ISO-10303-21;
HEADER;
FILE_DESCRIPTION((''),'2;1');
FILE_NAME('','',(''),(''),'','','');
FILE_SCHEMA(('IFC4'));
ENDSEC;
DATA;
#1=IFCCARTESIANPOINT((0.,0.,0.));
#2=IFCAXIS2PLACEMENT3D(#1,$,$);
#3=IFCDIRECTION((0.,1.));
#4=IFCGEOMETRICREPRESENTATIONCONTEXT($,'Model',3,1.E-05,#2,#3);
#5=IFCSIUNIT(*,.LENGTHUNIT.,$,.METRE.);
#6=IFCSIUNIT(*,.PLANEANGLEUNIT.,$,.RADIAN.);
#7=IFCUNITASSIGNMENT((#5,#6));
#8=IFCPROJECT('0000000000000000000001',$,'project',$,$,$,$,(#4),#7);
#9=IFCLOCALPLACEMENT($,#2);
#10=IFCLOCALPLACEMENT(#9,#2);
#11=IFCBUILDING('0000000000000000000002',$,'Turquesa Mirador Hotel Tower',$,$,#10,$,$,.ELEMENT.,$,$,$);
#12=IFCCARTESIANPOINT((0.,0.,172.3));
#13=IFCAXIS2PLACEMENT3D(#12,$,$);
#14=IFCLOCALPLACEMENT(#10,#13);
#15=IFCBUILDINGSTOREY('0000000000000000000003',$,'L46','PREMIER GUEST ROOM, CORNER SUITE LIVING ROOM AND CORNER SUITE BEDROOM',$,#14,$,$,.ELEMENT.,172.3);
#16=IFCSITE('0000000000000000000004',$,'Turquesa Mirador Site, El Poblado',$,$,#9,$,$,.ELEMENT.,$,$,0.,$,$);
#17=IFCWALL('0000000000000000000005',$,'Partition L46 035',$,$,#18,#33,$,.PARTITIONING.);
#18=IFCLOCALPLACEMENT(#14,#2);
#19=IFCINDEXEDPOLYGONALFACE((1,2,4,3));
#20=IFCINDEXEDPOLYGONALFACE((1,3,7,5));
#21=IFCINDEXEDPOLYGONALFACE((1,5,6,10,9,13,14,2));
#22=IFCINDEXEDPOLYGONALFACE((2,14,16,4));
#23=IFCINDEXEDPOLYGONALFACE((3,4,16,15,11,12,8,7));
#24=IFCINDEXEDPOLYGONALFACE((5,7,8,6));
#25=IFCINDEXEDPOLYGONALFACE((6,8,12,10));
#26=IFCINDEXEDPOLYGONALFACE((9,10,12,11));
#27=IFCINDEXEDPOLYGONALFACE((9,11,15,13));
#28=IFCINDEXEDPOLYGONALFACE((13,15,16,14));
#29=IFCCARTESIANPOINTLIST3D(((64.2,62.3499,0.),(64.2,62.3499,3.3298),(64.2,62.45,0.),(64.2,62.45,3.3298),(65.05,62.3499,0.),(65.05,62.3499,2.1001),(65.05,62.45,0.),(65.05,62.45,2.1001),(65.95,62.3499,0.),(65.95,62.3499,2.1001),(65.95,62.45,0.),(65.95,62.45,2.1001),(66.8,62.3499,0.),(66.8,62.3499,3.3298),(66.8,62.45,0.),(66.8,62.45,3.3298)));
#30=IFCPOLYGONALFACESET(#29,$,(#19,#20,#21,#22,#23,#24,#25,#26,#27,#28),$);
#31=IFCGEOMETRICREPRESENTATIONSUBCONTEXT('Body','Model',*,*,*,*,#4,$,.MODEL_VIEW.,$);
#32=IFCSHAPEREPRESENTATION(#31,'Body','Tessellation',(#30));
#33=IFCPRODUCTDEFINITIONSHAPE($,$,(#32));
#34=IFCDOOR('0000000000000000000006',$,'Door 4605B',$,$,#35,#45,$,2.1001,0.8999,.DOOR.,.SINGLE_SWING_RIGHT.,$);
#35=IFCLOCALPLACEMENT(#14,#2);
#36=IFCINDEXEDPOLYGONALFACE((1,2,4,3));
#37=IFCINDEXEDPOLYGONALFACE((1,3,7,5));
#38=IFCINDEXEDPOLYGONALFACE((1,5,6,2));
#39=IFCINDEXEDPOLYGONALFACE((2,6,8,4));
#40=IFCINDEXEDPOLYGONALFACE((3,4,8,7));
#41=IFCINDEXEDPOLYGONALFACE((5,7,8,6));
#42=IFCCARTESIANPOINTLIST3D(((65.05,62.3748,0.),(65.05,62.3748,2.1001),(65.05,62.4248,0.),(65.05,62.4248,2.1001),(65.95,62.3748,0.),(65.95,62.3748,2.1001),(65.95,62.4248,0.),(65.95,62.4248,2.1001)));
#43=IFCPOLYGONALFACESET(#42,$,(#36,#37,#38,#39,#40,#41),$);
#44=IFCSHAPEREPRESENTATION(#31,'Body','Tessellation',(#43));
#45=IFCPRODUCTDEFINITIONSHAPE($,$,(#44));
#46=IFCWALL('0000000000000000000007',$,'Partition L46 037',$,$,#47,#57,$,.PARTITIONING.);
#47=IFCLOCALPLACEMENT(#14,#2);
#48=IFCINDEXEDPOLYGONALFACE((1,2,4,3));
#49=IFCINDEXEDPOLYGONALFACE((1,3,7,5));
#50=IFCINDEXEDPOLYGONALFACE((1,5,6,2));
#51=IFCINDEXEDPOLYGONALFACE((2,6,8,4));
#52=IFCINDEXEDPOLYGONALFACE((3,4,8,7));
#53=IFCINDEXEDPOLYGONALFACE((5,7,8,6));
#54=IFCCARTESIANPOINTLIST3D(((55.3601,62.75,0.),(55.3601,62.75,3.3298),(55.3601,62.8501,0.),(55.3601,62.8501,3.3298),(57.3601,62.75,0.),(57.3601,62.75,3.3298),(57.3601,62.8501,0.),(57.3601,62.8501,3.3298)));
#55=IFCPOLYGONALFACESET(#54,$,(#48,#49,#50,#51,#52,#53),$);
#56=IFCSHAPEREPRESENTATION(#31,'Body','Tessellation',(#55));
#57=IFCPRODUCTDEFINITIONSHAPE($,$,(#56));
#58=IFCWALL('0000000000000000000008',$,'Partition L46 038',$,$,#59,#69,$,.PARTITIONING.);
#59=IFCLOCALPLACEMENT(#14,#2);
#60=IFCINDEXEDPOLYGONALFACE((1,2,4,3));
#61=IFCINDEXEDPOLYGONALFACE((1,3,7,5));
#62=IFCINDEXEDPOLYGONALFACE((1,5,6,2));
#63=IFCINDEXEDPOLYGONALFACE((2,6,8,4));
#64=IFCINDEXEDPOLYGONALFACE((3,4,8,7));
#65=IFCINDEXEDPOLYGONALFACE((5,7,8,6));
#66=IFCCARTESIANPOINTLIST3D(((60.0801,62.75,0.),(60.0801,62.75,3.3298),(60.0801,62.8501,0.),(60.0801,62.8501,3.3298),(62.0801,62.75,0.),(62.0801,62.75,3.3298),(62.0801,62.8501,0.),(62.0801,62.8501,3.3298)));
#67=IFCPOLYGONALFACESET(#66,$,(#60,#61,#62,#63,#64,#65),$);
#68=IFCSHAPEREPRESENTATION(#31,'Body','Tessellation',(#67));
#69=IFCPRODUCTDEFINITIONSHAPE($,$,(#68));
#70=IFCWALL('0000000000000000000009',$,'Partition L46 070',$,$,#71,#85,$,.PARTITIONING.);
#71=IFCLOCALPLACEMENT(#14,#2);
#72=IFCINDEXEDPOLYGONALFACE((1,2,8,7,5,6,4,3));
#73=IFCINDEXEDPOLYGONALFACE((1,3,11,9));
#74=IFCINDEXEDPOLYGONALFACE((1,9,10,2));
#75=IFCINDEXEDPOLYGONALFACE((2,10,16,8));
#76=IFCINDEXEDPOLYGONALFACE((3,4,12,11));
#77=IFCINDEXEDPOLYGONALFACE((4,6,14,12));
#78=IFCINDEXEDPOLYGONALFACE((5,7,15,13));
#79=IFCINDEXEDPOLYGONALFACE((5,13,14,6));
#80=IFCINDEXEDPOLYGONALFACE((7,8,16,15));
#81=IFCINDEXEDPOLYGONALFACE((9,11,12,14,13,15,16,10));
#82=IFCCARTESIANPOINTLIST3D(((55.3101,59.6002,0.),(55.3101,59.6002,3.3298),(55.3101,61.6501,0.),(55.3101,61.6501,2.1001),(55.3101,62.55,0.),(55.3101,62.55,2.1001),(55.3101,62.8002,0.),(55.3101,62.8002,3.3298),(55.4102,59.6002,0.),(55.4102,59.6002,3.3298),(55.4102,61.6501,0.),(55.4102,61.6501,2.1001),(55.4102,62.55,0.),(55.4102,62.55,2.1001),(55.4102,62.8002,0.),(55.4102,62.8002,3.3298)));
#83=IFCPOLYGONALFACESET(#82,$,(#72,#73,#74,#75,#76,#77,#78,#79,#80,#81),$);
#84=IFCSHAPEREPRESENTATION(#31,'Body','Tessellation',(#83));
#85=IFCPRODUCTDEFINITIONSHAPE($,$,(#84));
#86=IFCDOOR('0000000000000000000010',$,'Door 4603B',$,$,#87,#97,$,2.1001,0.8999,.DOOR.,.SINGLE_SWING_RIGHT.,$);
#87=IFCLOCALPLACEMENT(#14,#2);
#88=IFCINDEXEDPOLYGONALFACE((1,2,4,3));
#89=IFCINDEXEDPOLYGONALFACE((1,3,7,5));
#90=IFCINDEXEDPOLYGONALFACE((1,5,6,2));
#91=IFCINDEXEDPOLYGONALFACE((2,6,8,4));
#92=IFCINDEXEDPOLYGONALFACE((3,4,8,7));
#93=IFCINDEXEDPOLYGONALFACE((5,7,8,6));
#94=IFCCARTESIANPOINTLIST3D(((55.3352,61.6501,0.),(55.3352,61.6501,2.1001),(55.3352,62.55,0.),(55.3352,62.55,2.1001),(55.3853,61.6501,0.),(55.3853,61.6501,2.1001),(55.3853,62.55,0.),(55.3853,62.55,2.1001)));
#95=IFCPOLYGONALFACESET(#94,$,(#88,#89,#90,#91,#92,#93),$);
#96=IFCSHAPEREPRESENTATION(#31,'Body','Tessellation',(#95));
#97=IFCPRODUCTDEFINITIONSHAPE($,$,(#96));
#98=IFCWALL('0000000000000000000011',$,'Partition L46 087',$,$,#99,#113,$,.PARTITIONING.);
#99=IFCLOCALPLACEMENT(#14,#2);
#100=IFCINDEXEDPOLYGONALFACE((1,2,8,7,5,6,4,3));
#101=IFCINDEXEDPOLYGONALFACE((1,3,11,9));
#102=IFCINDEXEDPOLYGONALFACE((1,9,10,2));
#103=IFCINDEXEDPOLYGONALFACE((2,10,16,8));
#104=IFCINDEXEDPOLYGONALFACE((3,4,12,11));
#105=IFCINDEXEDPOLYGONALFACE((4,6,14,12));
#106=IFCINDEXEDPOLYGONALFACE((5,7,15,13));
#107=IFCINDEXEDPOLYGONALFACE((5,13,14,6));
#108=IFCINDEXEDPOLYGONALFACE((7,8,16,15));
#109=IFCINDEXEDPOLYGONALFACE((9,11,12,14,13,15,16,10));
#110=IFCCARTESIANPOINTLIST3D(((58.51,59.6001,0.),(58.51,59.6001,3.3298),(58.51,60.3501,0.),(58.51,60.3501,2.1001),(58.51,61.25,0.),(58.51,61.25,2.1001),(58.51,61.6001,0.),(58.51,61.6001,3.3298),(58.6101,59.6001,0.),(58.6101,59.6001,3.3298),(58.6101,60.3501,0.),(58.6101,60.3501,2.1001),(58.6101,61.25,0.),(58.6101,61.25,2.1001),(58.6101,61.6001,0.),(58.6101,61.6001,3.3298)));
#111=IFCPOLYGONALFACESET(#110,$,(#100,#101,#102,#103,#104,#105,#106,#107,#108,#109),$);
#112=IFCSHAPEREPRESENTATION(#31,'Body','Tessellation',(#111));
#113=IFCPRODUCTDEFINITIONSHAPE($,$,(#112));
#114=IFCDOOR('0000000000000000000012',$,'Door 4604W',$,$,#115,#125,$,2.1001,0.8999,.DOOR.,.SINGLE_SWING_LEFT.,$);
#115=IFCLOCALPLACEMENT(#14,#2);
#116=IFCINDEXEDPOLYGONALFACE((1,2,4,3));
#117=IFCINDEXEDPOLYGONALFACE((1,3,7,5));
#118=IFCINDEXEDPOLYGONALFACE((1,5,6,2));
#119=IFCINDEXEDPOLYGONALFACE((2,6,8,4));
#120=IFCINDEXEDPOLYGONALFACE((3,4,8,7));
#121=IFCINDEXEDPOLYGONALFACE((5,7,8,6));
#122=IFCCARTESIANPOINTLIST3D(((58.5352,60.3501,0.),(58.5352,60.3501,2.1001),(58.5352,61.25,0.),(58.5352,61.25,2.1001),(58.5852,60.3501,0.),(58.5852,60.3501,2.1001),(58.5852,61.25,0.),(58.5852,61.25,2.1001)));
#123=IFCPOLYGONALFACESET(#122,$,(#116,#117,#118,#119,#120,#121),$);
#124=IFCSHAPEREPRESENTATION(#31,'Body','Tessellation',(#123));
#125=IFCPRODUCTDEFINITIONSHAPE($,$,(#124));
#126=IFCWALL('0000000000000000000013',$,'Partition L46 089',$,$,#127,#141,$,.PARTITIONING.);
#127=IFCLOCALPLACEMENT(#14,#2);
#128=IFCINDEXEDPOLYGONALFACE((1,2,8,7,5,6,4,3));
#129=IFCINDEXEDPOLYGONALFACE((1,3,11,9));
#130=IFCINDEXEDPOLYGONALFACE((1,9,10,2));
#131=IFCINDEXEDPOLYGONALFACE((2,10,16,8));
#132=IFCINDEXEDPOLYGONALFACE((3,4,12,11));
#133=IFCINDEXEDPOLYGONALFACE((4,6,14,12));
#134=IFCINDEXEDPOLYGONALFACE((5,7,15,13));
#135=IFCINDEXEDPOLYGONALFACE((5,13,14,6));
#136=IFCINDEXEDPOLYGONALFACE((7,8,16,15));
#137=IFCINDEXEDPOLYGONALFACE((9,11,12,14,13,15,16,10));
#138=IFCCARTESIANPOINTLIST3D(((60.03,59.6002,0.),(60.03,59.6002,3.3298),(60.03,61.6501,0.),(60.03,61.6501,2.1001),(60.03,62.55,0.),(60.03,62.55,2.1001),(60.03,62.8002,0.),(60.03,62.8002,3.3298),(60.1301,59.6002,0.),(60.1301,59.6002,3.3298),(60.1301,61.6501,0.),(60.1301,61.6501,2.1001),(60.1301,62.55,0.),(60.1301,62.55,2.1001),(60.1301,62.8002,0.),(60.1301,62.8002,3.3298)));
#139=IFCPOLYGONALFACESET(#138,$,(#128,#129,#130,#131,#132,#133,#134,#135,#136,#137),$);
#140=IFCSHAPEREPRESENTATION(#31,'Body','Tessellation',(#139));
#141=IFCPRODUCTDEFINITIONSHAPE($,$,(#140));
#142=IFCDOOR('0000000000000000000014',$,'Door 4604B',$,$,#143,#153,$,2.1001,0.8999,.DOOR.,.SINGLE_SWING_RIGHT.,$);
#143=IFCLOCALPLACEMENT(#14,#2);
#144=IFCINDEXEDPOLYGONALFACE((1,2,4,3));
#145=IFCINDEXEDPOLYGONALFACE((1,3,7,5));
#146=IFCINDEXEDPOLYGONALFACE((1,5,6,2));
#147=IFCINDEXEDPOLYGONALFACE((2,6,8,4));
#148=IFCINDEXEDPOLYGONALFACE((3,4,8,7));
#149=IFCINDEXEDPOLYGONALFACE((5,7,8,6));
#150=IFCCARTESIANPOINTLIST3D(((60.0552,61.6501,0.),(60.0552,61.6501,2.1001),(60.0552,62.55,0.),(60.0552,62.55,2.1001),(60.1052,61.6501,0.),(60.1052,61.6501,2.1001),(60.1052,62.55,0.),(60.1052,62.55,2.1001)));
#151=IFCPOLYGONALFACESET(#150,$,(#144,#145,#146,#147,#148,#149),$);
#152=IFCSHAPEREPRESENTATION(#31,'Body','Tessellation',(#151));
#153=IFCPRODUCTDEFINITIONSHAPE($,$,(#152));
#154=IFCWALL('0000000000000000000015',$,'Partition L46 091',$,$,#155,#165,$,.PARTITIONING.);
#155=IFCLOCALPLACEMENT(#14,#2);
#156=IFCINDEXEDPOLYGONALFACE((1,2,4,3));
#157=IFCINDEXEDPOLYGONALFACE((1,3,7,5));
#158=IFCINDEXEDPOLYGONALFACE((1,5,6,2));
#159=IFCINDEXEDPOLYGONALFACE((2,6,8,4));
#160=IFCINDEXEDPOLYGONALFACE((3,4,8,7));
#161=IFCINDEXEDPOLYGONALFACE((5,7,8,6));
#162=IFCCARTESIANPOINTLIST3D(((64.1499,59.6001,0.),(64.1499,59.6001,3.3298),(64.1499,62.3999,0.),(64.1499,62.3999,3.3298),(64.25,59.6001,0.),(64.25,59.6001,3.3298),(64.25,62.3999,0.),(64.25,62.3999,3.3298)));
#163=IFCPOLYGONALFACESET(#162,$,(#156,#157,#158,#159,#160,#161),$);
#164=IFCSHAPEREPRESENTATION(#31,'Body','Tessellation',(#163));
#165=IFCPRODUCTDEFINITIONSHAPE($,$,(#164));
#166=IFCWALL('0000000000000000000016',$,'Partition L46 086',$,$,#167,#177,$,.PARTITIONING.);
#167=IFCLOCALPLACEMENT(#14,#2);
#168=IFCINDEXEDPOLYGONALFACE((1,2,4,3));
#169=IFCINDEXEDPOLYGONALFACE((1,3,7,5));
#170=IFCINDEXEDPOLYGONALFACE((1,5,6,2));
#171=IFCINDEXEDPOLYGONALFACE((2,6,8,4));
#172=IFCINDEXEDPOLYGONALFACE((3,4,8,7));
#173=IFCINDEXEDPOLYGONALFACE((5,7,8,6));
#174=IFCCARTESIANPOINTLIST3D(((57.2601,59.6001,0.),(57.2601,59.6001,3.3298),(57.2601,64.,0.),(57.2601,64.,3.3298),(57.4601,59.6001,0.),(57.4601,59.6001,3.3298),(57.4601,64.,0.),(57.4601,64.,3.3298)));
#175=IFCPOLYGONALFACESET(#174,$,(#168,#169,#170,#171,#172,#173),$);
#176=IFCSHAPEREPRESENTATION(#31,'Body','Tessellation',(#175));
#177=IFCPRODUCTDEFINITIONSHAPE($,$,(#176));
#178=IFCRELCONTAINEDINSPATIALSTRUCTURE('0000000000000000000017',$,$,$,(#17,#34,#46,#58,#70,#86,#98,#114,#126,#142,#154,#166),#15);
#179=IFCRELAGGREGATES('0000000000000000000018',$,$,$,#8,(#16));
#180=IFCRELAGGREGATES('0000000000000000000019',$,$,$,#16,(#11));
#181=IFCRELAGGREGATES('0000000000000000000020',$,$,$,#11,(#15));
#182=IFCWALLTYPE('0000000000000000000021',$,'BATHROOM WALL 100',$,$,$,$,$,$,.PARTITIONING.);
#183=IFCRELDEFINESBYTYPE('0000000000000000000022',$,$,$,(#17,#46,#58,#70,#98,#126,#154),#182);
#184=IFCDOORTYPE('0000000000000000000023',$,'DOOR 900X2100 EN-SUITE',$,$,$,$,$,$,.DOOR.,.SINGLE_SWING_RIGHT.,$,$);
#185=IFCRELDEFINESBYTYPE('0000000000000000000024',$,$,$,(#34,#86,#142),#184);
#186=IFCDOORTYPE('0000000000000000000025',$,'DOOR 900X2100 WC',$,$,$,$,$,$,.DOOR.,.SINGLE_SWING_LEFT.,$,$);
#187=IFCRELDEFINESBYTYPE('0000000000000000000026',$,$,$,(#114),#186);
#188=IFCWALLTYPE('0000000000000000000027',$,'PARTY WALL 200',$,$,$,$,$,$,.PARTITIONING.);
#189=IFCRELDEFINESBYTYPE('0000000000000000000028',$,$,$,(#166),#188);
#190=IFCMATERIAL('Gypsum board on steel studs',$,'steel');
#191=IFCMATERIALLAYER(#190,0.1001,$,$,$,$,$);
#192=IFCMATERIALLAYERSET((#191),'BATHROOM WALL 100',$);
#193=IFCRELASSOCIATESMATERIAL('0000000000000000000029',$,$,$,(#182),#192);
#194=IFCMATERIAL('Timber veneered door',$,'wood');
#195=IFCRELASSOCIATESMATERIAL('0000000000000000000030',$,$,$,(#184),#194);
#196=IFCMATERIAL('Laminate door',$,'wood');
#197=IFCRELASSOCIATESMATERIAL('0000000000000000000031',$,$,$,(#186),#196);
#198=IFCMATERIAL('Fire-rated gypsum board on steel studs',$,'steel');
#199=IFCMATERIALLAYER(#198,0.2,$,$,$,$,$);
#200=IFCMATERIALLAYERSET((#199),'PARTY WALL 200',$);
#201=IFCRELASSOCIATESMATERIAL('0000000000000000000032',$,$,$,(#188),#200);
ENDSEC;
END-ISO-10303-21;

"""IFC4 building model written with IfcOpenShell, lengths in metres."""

from ifc_helpers import new_model, si_unit, direction, frame, frame_2d, origin, place, context, subcontext, project, spatial, rectangle, extrude, material, layer, layer_set, type_object, element, fill, save


model = new_model("IFC4")

# Units and contexts
model_context = context("Model", 3, precision=1e-05, world=origin(), true_north=direction((0.0, 1.0)))
body_context = subcontext(model_context, "Body", "Model", "MODEL_VIEW")
ifc_project = project(units=[si_unit("LENGTHUNIT", "METRE"), si_unit("PLANEANGLEUNIT", "RADIAN")], contexts=[model_context])

# Site, building, storey
site_placement = place(None, origin())
site = spatial("IfcSite", under=ifc_project, at=site_placement, Name="Turquesa Mirador Site, El Poblado", CompositionType="ELEMENT", RefElevation=0.0)
building_placement = place(site_placement, origin())
building = spatial("IfcBuilding", under=site, at=building_placement, Name="Turquesa Mirador Hotel Tower", CompositionType="ELEMENT")
storey_placement = place(building_placement, frame((0.0, 0.0, 172.3)))
storey = spatial("IfcBuildingStorey", under=building, at=storey_placement, Name="L46", Description="PREMIER GUEST ROOM, CORNER SUITE LIVING ROOM AND CORNER SUITE BEDROOM", CompositionType="ELEMENT", Elevation=172.3)

# Shared definitions
ifc_material_1 = material(Name="Gypsum board on steel studs", Category="steel")
ifc_layer_1 = layer(ifc_material_1, 0.1001)
ifc_layer_set_1 = layer_set([ifc_layer_1], Name="BATHROOM WALL 100")
wall_type_1 = type_object("IfcWallType", Name="BATHROOM WALL 100", PredefinedType="PARTITIONING", material=ifc_layer_set_1)

# Wall, opening, door
wall_1_placement = place(storey_placement, frame((64.2, 62.3999, 0.0), z_axis=(0.0, 0.0, 1.0), x_axis=(1.0, 0.0, 0.0)))
wall_1 = element("IfcWall", 1, at=wall_1_placement, inside=storey, type_object=wall_type_1, Name="Partition L46 035", PredefinedType="PARTITIONING", context=body_context, shape_type="SweptSolid", body=[
    extrude(rectangle(XDim=2.6001, YDim=0.1001, at=frame_2d((1.3, 0.0))), origin(), (0.0, 0.0, 1.0), 3.3298),
])
opening_1_placement = place(wall_1_placement, frame((0.8501, 0.0, 0.0)))
opening_1 = element("IfcOpeningElement", 2, at=opening_1_placement, cuts=wall_1, PredefinedType="OPENING", context=body_context, shape_type="SweptSolid", body=[
    extrude(rectangle(XDim=0.8999, YDim=2.1001, at=frame_2d((0.45, 1.05))), frame((0.0, 0.0601, 0.0), z_axis=(0.0, -1.0, 0.0), x_axis=(1.0, 0.0, 0.0)), (0.0, 0.0, 1.0), 0.1201),
])
ifc_material_2 = material(Name="Timber veneered door", Category="wood")
door_type_1 = type_object("IfcDoorType", Name="DOOR 900X2100 EN-SUITE", OperationType="SINGLE_SWING_RIGHT", PredefinedType="DOOR", material=ifc_material_2)
door_1_placement = place(opening_1_placement, origin())
door_1 = element("IfcDoor", 3, at=door_1_placement, inside=storey, type_object=door_type_1, Name="Door 4605B", OperationType="SINGLE_SWING_RIGHT", OverallHeight=2.1001, OverallWidth=0.8999, PredefinedType="DOOR", context=body_context, shape_type="SweptSolid", body=[
    extrude(rectangle(XDim=0.8999, YDim=2.1001, at=frame_2d((0.45, 1.05))), frame((0.0, 0.0249, 0.0), z_axis=(0.0, -1.0, 0.0), x_axis=(1.0, 0.0, 0.0)), (0.0, 0.0, 1.0), 0.05),
])
fill(opening_1, door_1)

# Walls
for number, where, z_axis, x_axis, name in (
    (4, (55.3601, 62.8, 0.0), (0.0, 0.0, 1.0), (1.0, 0.0, 0.0), "Partition L46 037"),
    (5, (60.0801, 62.8, 0.0), (0.0, 0.0, 1.0), (1.0, 0.0, 0.0), "Partition L46 038"),
):
    element("IfcWall", number, at=place(storey_placement, frame(where, z_axis=z_axis, x_axis=x_axis)), inside=storey, type_object=wall_type_1, Name=name, PredefinedType="PARTITIONING", context=body_context, shape_type="SweptSolid", body=[
        extrude(rectangle(XDim=2.0, YDim=0.1001, at=frame_2d((1.0, 0.0))), origin(), (0.0, 0.0, 1.0), 3.3298),
    ])

# Walls, openings, doors
wall_2_placement = place(storey_placement, frame((55.3601, 59.6001, 0.0), z_axis=(0.0, 0.0, 1.0), x_axis=(0.0, 1.0, 0.0)))
wall_2 = element("IfcWall", 6, at=wall_2_placement, inside=storey, type_object=wall_type_1, Name="Partition L46 070", PredefinedType="PARTITIONING", context=body_context, shape_type="SweptSolid", body=[
    extrude(rectangle(XDim=3.2, YDim=0.1001, at=frame_2d((1.6001, 0.0))), origin(), (0.0, 0.0, 1.0), 3.3298),
])
opening_2_placement = place(wall_2_placement, frame((2.05, 0.0, 0.0)))
opening_2 = element("IfcOpeningElement", 7, at=opening_2_placement, cuts=wall_2, PredefinedType="OPENING", context=body_context, shape_type="SweptSolid", body=[
    extrude(rectangle(XDim=0.8999, YDim=2.1001, at=frame_2d((0.45, 1.05))), frame((0.0, 0.0601, 0.0), z_axis=(0.0, -1.0, 0.0), x_axis=(1.0, 0.0, 0.0)), (0.0, 0.0, 1.0), 0.1201),
])
door_2_placement = place(opening_2_placement, origin())
door_2 = element("IfcDoor", 8, at=door_2_placement, inside=storey, type_object=door_type_1, Name="Door 4603B", OperationType="SINGLE_SWING_RIGHT", OverallHeight=2.1001, OverallWidth=0.8999, PredefinedType="DOOR", context=body_context, shape_type="SweptSolid", body=[
    extrude(rectangle(XDim=0.8999, YDim=2.1001, at=frame_2d((0.45, 1.05))), frame((0.0, 0.0249, 0.0), z_axis=(0.0, -1.0, 0.0), x_axis=(1.0, 0.0, 0.0)), (0.0, 0.0, 1.0), 0.05),
])
fill(opening_2, door_2)
wall_3_placement = place(storey_placement, frame((58.5601, 59.6001, 0.0), z_axis=(0.0, 0.0, 1.0), x_axis=(0.0, 1.0, 0.0)))
wall_3 = element("IfcWall", 9, at=wall_3_placement, inside=storey, type_object=wall_type_1, Name="Partition L46 087", PredefinedType="PARTITIONING", context=body_context, shape_type="SweptSolid", body=[
    extrude(rectangle(XDim=2.0, YDim=0.1001, at=frame_2d((1.0, 0.0))), origin(), (0.0, 0.0, 1.0), 3.3298),
])
opening_3_placement = place(wall_3_placement, frame((0.75, 0.0, 0.0)))
opening_3 = element("IfcOpeningElement", 10, at=opening_3_placement, cuts=wall_3, PredefinedType="OPENING", context=body_context, shape_type="SweptSolid", body=[
    extrude(rectangle(XDim=0.8999, YDim=2.1001, at=frame_2d((0.45, 1.05))), frame((0.0, 0.0601, 0.0), z_axis=(0.0, -1.0, 0.0), x_axis=(1.0, 0.0, 0.0)), (0.0, 0.0, 1.0), 0.1201),
])
ifc_material_3 = material(Name="Laminate door", Category="wood")
door_type_2 = type_object("IfcDoorType", Name="DOOR 900X2100 WC", OperationType="SINGLE_SWING_LEFT", PredefinedType="DOOR", material=ifc_material_3)
door_3_placement = place(opening_3_placement, origin())
door_3 = element("IfcDoor", 11, at=door_3_placement, inside=storey, type_object=door_type_2, Name="Door 4604W", OperationType="SINGLE_SWING_LEFT", OverallHeight=2.1001, OverallWidth=0.8999, PredefinedType="DOOR", context=body_context, shape_type="SweptSolid", body=[
    extrude(rectangle(XDim=0.8999, YDim=2.1001, at=frame_2d((0.45, 1.05))), frame((0.0, 0.0249, 0.0), z_axis=(0.0, -1.0, 0.0), x_axis=(1.0, 0.0, 0.0)), (0.0, 0.0, 1.0), 0.05),
])
fill(opening_3, door_3)
wall_4_placement = place(storey_placement, frame((60.0801, 59.6001, 0.0), z_axis=(0.0, 0.0, 1.0), x_axis=(0.0, 1.0, 0.0)))
wall_4 = element("IfcWall", 12, at=wall_4_placement, inside=storey, type_object=wall_type_1, Name="Partition L46 089", PredefinedType="PARTITIONING", context=body_context, shape_type="SweptSolid", body=[
    extrude(rectangle(XDim=3.2, YDim=0.1001, at=frame_2d((1.6001, 0.0))), origin(), (0.0, 0.0, 1.0), 3.3298),
])
opening_4_placement = place(wall_4_placement, frame((2.05, 0.0, 0.0)))
opening_4 = element("IfcOpeningElement", 13, at=opening_4_placement, cuts=wall_4, PredefinedType="OPENING", context=body_context, shape_type="SweptSolid", body=[
    extrude(rectangle(XDim=0.8999, YDim=2.1001, at=frame_2d((0.45, 1.05))), frame((0.0, 0.0601, 0.0), z_axis=(0.0, -1.0, 0.0), x_axis=(1.0, 0.0, 0.0)), (0.0, 0.0, 1.0), 0.1201),
])
door_4_placement = place(opening_4_placement, origin())
door_4 = element("IfcDoor", 14, at=door_4_placement, inside=storey, type_object=door_type_1, Name="Door 4604B", OperationType="SINGLE_SWING_RIGHT", OverallHeight=2.1001, OverallWidth=0.8999, PredefinedType="DOOR", context=body_context, shape_type="SweptSolid", body=[
    extrude(rectangle(XDim=0.8999, YDim=2.1001, at=frame_2d((0.45, 1.05))), frame((0.0, 0.0249, 0.0), z_axis=(0.0, -1.0, 0.0), x_axis=(1.0, 0.0, 0.0)), (0.0, 0.0, 1.0), 0.05),
])
fill(opening_4, door_4)

# Walls
wall_5_placement = place(storey_placement, frame((64.2, 59.6001, 0.0), z_axis=(0.0, 0.0, 1.0), x_axis=(0.0, 1.0, 0.0)))
element("IfcWall", 15, at=wall_5_placement, inside=storey, type_object=wall_type_1, Name="Partition L46 091", PredefinedType="PARTITIONING", context=body_context, shape_type="SweptSolid", body=[
    extrude(rectangle(XDim=2.7998, YDim=0.1001, at=frame_2d((1.3999, 0.0))), origin(), (0.0, 0.0, 1.0), 3.3298),
])
ifc_material_4 = material(Name="Fire-rated gypsum board on steel studs", Category="steel")
ifc_layer_2 = layer(ifc_material_4, 0.2)
ifc_layer_set_2 = layer_set([ifc_layer_2], Name="PARTY WALL 200")
wall_type_2 = type_object("IfcWallType", Name="PARTY WALL 200", PredefinedType="PARTITIONING", material=ifc_layer_set_2)
wall_6_placement = place(storey_placement, frame((57.3601, 59.6001, 0.0), z_axis=(0.0, 0.0, 1.0), x_axis=(0.0, 1.0, 0.0)))
element("IfcWall", 16, at=wall_6_placement, inside=storey, type_object=wall_type_2, Name="Partition L46 086", PredefinedType="PARTITIONING", context=body_context, shape_type="SweptSolid", body=[
    extrude(rectangle(XDim=4.3999, YDim=0.2, at=frame_2d((2.2, 0.0))), origin(), (0.0, 0.0, 1.0), 3.3298),
])

save(model, "model.ifc")
